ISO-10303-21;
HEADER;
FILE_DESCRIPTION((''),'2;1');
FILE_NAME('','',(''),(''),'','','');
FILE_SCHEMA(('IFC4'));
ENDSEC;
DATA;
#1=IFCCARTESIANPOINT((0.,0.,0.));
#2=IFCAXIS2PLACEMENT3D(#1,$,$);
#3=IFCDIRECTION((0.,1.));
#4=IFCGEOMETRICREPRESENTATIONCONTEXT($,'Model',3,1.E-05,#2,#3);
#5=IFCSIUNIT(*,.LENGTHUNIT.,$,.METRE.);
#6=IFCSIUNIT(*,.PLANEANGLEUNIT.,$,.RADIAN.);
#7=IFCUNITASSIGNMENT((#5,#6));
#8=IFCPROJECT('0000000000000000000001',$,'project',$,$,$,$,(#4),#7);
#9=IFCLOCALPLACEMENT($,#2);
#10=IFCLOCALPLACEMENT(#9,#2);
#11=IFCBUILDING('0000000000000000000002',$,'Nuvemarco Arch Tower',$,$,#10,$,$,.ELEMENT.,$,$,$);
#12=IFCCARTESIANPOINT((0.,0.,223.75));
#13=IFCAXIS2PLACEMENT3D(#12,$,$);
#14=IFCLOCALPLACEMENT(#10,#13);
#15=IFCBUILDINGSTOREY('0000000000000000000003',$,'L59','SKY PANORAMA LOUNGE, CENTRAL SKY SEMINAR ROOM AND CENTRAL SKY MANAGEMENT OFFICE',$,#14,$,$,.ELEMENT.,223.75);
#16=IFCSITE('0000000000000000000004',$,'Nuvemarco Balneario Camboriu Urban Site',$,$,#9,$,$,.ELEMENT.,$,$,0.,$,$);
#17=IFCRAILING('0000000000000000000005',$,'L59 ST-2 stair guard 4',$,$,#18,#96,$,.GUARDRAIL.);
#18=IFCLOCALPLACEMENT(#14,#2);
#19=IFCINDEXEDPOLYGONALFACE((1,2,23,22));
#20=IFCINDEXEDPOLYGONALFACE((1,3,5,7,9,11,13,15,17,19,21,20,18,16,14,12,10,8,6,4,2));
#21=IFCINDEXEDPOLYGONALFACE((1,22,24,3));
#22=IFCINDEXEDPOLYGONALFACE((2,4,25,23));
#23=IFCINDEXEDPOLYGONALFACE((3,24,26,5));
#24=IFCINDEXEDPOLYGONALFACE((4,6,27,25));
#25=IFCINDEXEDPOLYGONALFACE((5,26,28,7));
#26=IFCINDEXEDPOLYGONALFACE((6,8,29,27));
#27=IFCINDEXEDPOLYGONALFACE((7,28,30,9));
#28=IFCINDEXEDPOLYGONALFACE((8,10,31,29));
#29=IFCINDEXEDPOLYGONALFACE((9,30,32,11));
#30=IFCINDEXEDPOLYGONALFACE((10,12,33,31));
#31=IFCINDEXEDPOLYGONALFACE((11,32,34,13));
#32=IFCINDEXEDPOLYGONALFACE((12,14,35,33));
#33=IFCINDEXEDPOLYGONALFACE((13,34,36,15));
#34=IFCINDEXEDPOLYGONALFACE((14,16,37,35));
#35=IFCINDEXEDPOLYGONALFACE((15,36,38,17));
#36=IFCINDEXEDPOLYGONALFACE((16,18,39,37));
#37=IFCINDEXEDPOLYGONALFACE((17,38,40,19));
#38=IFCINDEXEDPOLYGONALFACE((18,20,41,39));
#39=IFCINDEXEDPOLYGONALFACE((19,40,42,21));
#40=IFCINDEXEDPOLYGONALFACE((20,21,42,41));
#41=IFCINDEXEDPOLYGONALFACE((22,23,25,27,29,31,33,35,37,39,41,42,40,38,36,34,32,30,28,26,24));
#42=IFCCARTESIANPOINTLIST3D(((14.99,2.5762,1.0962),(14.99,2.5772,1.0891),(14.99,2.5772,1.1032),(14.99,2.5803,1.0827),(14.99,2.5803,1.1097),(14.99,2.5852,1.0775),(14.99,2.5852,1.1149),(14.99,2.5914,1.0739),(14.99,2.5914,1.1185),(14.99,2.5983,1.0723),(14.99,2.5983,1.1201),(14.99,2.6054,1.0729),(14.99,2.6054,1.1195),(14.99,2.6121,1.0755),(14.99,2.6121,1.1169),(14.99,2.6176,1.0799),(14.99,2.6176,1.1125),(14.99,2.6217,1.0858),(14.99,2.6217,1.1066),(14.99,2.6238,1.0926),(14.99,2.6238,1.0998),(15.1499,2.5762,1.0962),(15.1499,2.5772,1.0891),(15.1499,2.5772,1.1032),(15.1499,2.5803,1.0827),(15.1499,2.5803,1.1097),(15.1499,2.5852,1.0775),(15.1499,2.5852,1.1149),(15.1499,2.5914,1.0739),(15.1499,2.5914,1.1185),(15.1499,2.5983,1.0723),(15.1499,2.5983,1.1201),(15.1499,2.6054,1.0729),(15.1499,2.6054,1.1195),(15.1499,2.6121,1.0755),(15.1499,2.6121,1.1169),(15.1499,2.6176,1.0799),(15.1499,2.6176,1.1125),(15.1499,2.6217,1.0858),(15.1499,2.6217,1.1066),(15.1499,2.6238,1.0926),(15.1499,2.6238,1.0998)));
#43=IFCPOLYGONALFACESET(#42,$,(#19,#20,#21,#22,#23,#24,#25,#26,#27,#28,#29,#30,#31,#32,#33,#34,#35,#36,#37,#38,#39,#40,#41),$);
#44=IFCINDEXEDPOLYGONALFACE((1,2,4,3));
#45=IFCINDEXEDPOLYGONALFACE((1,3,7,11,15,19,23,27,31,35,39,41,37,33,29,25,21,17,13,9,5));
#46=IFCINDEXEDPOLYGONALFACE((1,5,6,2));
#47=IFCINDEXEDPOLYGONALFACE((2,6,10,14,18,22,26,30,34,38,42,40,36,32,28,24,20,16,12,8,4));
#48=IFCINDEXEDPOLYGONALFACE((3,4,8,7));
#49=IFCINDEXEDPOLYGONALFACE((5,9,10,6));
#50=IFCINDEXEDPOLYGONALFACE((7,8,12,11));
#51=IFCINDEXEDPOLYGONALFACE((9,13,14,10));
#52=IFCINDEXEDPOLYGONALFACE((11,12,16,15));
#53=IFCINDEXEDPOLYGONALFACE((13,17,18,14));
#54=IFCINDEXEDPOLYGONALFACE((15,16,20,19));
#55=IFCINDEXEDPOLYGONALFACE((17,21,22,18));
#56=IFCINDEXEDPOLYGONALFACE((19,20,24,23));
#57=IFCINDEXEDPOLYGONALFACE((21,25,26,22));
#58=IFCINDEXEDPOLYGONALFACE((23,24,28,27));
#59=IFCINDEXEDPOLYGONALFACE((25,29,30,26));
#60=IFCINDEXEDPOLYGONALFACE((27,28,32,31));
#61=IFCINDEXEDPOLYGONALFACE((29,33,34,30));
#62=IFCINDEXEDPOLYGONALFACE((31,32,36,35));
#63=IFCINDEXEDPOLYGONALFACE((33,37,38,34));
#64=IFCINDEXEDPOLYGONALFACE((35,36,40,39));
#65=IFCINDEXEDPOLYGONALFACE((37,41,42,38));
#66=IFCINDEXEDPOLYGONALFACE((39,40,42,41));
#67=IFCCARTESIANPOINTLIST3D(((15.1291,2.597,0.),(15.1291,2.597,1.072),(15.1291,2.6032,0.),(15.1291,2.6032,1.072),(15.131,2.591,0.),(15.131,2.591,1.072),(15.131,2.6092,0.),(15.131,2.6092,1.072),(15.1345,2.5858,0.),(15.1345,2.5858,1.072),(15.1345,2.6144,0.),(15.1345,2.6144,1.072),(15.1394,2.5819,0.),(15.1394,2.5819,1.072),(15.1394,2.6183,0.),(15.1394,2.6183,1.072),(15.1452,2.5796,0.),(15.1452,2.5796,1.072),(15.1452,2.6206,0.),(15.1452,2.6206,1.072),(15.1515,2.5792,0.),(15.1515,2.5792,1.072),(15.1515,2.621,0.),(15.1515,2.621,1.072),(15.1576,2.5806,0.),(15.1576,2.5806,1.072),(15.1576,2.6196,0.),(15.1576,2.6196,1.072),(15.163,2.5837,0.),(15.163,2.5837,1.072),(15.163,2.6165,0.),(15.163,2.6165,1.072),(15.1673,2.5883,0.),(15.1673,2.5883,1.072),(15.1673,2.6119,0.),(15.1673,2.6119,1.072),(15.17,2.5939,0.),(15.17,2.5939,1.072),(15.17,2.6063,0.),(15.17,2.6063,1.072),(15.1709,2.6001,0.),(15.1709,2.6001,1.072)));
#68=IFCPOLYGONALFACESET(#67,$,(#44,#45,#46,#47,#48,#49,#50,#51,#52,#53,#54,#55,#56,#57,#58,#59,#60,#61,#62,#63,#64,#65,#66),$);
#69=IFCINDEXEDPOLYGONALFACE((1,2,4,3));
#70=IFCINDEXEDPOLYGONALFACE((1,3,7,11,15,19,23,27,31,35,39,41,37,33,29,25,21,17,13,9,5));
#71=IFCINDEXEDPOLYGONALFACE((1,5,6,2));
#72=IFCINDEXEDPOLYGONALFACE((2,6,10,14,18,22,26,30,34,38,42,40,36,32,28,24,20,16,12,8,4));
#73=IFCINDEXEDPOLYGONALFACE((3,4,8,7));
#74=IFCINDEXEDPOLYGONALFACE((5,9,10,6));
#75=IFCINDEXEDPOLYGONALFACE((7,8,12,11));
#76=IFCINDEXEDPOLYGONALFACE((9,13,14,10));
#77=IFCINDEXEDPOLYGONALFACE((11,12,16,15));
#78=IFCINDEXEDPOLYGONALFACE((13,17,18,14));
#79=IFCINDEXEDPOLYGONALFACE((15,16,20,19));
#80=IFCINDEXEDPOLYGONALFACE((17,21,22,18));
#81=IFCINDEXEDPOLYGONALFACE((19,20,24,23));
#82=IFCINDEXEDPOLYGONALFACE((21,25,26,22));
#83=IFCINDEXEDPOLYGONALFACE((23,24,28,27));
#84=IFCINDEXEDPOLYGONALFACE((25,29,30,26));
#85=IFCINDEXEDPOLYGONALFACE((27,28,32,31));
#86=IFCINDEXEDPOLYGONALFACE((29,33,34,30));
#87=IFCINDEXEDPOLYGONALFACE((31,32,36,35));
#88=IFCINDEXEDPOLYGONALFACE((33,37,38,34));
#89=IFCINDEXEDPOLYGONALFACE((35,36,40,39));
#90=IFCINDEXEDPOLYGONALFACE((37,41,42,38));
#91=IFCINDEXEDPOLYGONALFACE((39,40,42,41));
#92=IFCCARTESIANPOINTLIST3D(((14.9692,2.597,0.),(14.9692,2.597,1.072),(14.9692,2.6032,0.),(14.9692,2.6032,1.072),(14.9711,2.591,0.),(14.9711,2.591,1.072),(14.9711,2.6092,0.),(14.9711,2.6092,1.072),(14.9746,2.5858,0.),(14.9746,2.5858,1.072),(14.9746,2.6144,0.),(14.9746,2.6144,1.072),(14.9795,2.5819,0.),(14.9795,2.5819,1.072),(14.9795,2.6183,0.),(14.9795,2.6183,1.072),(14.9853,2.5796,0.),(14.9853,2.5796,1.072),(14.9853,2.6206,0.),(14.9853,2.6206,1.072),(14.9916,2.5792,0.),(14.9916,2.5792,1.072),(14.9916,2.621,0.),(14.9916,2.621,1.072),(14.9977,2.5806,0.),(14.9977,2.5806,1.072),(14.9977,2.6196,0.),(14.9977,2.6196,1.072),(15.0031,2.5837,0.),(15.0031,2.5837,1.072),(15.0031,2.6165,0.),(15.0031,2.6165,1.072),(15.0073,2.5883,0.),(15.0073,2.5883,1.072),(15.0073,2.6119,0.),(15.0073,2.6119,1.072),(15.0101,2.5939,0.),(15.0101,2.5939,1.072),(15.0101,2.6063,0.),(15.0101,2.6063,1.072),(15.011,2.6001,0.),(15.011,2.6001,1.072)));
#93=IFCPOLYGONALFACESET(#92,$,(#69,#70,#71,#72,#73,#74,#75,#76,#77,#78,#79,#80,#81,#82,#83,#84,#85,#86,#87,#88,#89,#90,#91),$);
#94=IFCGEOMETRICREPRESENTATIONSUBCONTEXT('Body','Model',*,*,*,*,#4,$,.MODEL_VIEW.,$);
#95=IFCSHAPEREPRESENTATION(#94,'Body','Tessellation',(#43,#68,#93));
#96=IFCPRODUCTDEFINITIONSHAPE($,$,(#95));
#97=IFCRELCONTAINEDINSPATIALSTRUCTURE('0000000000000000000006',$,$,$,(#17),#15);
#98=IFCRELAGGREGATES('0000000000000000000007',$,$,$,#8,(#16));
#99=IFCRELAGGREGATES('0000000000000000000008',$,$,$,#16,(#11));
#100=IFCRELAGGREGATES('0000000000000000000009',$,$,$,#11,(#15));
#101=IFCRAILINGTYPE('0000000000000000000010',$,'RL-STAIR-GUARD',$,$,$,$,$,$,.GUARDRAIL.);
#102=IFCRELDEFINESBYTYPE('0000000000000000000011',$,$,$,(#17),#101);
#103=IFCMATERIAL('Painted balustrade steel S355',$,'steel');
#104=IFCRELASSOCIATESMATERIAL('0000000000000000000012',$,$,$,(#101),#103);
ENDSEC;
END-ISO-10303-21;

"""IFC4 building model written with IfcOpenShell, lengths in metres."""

from ifc_helpers import new_model, si_unit, direction, frame, origin, origin_2d, place, context, subcontext, project, spatial, circle, extrude, material, type_object, element, save


model = new_model("IFC4")

# Units and contexts
model_context = context("Model", 3, precision=1e-05, world=origin(), true_north=direction((0.0, 1.0)))
body_context = subcontext(model_context, "Body", "Model", "MODEL_VIEW")
ifc_project = project(units=[si_unit("LENGTHUNIT", "METRE"), si_unit("PLANEANGLEUNIT", "RADIAN")], contexts=[model_context])

# Site, building, storey
site_placement = place(None, origin())
site = spatial("IfcSite", under=ifc_project, at=site_placement, Name="Nuvemarco Balneario Camboriu Urban Site", CompositionType="ELEMENT", RefElevation=0.0)
building_placement = place(site_placement, origin())
building = spatial("IfcBuilding", under=site, at=building_placement, Name="Nuvemarco Arch Tower", CompositionType="ELEMENT")
storey_placement = place(building_placement, frame((0.0, 0.0, 223.75)))
storey = spatial("IfcBuildingStorey", under=building, at=storey_placement, Name="L59", Description="SKY PANORAMA LOUNGE, CENTRAL SKY SEMINAR ROOM AND CENTRAL SKY MANAGEMENT OFFICE", CompositionType="ELEMENT", Elevation=223.75)

# Railing
ifc_material_1 = material(Name="Painted balustrade steel S355", Category="steel")
railing_type_1 = type_object("IfcRailingType", Name="RL-STAIR-GUARD", PredefinedType="GUARDRAIL", material=ifc_material_1)
railing_1_placement = place(storey_placement, frame((15.1499, 2.6001, 0.0)))
element("IfcRailing", 1, at=railing_1_placement, inside=storey, type_object=railing_type_1, Name="L59 ST-2 stair guard 4", PredefinedType="GUARDRAIL", context=body_context, shape_type="SweptSolid", body=[
    extrude(circle(Radius=0.0239, at=origin_2d()), frame((0.0, 0.0, 1.0962), z_axis=(-1.0, 0.0, 0.0), x_axis=(0.0, -1.0, 0.0)), (0.0, 0.0, 1.0), 0.1599),
    extrude(circle(Radius=0.021, at=origin_2d()), origin(), (0.0, 0.0, 1.0), 1.072),
    extrude(circle(Radius=0.021, at=origin_2d()), frame((-0.1599, 0.0, 0.0)), (0.0, 0.0, 1.0), 1.072),
])

save(model, "model.ifc")
